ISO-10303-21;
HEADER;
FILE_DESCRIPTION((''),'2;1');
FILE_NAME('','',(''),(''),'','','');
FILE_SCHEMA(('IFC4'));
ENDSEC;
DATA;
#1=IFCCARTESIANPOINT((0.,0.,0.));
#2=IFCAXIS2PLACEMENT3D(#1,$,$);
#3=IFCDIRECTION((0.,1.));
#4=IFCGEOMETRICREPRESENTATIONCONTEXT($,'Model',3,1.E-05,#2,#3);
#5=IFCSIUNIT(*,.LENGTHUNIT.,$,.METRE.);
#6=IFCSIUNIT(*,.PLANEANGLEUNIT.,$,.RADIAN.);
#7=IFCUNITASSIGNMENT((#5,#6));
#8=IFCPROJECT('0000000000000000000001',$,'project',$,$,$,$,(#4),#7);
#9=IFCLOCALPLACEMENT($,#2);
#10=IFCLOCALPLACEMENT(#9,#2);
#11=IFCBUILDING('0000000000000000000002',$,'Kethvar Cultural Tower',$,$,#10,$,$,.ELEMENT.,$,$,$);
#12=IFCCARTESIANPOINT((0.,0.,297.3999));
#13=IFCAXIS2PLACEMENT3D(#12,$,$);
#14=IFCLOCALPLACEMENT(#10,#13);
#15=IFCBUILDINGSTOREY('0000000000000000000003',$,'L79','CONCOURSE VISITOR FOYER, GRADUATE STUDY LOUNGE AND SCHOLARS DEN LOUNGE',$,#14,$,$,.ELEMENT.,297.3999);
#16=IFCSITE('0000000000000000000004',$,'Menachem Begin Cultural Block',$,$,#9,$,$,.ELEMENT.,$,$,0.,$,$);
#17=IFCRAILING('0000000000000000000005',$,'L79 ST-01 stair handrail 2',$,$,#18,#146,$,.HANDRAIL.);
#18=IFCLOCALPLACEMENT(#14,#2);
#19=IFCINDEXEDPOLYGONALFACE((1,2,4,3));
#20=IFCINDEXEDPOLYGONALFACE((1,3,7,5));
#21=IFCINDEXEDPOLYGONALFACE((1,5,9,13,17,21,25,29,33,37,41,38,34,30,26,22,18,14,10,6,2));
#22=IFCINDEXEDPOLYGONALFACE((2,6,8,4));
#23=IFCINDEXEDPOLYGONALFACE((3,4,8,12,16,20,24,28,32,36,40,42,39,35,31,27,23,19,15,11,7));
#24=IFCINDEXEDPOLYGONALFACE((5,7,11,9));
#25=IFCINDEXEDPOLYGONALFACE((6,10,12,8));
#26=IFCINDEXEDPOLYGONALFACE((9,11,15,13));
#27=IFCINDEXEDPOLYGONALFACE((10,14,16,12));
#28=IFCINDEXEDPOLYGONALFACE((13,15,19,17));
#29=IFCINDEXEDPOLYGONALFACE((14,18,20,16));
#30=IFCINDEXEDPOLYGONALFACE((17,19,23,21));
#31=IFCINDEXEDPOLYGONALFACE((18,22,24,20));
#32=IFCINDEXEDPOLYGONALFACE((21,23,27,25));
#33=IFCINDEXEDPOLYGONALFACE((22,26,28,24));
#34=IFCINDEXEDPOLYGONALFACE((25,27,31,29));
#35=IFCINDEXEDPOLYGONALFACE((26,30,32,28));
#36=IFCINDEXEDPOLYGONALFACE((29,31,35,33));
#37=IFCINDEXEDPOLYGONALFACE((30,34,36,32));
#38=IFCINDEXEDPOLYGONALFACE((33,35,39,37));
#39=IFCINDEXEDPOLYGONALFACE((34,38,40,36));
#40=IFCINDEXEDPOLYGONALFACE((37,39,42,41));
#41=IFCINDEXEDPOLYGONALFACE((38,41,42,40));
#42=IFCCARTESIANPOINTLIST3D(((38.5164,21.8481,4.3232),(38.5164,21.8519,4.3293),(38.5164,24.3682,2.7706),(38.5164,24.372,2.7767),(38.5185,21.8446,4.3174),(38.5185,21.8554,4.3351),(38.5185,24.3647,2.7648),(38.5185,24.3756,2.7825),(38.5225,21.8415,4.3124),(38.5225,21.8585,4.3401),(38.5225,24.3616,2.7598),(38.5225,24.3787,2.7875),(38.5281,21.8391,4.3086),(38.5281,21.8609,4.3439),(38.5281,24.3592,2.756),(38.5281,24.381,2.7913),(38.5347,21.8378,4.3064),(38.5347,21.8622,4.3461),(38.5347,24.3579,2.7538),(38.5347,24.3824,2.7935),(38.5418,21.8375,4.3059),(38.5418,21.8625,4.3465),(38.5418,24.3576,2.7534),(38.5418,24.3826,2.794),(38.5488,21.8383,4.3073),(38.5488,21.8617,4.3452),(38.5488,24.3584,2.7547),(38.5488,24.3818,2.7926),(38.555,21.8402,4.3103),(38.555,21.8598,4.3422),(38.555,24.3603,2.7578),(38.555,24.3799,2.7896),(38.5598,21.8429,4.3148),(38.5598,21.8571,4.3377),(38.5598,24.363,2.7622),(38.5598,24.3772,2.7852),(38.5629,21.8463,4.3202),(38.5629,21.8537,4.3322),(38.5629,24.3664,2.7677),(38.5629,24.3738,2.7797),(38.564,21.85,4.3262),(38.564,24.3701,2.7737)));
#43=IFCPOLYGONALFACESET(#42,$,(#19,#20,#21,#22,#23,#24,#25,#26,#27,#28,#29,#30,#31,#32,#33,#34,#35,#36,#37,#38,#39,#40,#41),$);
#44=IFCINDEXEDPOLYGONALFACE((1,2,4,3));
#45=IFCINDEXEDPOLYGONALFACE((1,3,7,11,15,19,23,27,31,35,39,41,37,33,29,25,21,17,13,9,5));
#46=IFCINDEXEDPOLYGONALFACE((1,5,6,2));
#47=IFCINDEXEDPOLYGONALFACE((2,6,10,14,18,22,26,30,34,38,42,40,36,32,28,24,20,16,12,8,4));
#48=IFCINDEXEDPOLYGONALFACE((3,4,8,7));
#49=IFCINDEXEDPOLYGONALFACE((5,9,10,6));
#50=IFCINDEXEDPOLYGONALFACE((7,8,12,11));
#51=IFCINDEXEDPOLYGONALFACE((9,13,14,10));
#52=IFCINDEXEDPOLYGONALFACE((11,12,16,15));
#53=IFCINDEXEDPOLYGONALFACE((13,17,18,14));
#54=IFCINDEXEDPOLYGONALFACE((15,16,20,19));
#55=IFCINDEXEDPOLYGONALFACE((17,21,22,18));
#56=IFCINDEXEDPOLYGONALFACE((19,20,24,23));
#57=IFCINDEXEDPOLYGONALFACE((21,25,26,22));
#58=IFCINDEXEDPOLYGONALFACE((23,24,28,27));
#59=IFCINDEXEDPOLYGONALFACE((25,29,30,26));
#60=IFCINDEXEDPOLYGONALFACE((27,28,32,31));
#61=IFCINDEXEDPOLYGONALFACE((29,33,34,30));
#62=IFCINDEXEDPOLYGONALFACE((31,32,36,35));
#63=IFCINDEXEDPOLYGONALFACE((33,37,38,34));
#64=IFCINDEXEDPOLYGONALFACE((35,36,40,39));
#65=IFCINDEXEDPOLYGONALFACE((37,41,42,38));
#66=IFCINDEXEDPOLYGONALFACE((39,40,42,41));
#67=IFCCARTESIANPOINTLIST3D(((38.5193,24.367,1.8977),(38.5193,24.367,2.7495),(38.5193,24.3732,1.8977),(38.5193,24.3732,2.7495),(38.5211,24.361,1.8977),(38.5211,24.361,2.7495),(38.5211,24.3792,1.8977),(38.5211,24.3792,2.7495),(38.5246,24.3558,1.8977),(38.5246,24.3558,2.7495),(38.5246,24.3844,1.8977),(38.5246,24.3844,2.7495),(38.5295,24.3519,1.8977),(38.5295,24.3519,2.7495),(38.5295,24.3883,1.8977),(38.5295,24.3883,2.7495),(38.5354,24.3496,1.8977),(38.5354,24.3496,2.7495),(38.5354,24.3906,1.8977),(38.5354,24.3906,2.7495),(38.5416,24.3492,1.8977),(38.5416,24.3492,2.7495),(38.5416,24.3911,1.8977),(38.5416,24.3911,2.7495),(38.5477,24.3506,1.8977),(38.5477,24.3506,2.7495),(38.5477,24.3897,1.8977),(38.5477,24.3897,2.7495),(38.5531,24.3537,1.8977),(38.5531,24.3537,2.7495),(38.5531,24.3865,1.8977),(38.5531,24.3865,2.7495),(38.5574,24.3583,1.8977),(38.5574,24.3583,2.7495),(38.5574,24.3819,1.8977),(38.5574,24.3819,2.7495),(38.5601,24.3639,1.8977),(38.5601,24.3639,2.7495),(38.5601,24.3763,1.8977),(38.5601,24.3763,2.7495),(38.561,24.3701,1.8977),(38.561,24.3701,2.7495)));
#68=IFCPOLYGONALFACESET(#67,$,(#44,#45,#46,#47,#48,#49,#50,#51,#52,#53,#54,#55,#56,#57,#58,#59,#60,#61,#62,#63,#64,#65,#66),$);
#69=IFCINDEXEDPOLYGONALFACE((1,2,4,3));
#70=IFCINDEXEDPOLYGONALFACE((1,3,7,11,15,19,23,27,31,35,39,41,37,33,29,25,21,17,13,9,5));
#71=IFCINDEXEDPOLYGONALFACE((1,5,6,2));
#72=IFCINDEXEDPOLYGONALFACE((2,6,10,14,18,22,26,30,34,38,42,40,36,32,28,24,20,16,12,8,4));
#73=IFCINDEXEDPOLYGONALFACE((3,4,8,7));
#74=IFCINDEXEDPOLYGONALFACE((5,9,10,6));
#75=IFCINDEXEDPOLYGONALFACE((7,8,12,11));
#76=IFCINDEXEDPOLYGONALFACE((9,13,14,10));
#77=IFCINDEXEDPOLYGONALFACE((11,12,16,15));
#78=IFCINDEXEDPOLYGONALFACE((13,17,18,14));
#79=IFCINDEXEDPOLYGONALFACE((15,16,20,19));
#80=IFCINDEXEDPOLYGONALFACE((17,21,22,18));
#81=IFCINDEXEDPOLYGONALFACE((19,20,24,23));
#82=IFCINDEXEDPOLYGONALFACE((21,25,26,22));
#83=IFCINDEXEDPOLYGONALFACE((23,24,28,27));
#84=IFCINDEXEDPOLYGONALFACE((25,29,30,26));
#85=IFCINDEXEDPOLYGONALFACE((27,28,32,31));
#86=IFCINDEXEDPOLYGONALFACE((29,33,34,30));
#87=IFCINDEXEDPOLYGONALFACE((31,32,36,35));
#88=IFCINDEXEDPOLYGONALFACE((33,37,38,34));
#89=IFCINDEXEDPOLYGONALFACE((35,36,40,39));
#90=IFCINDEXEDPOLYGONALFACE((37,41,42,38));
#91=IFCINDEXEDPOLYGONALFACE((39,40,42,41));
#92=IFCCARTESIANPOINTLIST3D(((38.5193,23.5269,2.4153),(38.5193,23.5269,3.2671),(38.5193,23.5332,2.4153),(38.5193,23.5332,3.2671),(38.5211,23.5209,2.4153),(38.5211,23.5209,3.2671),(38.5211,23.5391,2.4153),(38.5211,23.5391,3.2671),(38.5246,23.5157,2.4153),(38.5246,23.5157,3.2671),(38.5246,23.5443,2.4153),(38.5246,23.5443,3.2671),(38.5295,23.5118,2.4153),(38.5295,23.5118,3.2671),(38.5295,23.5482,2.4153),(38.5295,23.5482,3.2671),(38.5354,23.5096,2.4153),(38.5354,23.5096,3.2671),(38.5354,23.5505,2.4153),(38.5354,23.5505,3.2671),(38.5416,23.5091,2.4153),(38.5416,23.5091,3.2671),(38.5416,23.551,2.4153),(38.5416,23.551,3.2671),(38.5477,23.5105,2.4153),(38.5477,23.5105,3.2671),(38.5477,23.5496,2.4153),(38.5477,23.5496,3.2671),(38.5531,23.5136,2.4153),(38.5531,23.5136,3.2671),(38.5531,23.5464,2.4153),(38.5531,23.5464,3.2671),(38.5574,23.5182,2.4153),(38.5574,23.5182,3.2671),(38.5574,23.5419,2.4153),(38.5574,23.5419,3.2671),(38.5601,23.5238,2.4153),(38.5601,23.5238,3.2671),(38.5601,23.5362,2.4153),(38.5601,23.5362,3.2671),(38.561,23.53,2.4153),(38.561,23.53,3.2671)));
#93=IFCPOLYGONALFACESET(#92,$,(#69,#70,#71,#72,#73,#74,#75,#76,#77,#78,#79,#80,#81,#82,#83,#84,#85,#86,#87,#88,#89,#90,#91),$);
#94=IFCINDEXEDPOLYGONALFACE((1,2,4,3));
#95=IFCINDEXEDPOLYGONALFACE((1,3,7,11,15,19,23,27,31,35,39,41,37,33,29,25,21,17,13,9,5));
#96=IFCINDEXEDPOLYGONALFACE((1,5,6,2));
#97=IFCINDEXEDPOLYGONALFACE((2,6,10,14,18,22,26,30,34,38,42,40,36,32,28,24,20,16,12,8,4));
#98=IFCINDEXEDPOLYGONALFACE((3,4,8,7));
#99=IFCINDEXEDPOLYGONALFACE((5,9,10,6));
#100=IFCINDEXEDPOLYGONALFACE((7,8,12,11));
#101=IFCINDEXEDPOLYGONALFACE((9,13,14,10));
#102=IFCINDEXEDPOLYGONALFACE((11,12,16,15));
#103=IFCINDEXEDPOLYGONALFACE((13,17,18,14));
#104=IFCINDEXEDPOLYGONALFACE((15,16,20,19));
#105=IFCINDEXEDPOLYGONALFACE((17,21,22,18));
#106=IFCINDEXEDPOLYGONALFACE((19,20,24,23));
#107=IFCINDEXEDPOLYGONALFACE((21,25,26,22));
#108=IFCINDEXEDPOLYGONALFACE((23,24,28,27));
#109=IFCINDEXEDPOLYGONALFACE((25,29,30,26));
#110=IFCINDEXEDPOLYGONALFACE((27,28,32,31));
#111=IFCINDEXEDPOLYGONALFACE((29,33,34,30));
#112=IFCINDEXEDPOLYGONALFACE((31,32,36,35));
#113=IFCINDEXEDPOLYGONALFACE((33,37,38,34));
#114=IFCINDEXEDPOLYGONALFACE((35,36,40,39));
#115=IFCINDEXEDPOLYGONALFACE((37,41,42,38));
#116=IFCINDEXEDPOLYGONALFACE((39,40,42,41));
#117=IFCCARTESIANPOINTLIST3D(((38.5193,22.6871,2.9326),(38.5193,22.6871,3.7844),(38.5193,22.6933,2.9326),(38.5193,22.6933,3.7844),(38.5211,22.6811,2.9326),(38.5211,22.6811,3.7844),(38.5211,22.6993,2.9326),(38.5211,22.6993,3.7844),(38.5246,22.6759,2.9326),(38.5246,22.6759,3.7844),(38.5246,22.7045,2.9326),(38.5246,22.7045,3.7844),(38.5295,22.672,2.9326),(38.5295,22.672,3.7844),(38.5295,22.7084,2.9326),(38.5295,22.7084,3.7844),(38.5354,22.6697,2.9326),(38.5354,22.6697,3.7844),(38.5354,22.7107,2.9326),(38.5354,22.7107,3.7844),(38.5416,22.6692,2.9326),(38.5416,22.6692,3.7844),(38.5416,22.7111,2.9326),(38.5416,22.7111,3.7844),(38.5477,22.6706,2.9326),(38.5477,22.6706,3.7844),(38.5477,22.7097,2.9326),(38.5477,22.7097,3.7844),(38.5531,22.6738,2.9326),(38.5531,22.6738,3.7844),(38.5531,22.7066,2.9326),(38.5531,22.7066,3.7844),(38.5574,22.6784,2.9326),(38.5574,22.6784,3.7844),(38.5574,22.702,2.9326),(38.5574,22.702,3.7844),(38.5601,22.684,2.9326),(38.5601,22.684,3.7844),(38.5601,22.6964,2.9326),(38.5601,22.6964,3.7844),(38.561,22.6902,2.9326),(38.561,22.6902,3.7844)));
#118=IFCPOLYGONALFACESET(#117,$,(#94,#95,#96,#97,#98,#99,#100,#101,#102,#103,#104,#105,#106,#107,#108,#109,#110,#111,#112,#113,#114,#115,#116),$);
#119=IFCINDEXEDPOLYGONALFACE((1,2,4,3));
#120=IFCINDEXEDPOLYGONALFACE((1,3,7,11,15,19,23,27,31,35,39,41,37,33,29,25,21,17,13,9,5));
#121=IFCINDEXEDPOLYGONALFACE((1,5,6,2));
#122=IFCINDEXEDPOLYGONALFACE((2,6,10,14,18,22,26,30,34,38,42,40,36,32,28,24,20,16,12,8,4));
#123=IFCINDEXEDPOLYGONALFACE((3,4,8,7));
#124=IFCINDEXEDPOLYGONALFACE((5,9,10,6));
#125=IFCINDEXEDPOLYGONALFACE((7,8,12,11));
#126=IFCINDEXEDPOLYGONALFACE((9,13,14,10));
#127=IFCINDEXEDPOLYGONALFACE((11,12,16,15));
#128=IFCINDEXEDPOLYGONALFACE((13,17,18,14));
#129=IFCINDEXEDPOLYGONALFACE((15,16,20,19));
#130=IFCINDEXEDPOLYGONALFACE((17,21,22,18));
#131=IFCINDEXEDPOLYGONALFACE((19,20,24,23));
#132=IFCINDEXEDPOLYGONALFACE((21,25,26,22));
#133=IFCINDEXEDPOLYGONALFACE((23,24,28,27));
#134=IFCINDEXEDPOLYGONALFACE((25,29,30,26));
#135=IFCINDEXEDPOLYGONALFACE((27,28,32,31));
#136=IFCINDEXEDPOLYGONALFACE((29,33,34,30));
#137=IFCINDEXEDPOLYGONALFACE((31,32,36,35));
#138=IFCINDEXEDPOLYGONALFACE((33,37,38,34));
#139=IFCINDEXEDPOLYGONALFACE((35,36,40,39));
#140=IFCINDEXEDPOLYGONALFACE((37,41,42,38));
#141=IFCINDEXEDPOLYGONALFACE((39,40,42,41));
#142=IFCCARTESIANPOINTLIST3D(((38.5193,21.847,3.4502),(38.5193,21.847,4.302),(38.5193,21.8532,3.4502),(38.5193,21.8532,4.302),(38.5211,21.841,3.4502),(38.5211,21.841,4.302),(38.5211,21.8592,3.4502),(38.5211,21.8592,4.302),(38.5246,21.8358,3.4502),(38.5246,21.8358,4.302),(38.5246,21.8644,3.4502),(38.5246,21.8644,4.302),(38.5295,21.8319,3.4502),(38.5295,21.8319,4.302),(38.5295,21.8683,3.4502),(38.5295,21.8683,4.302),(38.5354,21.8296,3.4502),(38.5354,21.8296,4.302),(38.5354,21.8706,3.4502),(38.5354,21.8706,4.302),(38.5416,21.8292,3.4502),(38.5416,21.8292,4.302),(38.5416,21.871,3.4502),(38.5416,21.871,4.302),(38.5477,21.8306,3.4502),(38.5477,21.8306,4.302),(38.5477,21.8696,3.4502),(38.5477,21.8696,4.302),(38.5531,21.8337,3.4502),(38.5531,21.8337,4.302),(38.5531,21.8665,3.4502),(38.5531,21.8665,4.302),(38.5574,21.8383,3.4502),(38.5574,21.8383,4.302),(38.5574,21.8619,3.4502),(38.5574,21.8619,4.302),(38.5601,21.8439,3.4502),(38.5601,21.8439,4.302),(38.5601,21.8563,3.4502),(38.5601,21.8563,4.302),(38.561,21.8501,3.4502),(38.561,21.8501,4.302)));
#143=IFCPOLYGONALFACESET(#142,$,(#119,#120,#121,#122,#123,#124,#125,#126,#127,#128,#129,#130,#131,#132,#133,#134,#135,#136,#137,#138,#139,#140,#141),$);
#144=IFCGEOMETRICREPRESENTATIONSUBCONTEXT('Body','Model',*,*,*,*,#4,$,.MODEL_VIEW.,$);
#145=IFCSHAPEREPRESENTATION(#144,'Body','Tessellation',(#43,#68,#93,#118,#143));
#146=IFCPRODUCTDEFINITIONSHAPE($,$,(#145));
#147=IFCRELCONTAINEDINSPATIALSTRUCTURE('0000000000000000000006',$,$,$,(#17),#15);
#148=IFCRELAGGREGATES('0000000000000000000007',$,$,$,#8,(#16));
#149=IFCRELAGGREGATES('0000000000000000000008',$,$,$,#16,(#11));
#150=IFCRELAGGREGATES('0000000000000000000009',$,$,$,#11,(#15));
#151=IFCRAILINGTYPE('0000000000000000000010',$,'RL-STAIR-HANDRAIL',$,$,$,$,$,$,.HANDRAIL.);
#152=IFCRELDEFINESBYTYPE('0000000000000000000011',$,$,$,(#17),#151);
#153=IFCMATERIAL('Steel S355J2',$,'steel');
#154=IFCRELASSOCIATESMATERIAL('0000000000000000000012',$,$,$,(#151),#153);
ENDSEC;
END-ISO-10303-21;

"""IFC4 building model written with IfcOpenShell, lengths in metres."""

from ifc_helpers import new_model, si_unit, direction, frame, origin, origin_2d, place, context, subcontext, project, spatial, circle, extrude, material, type_object, element, save


model = new_model("IFC4")

# Units and contexts
model_context = context("Model", 3, precision=1e-05, world=origin(), true_north=direction((0.0, 1.0)))
body_context = subcontext(model_context, "Body", "Model", "MODEL_VIEW")
ifc_project = project(units=[si_unit("LENGTHUNIT", "METRE"), si_unit("PLANEANGLEUNIT", "RADIAN")], contexts=[model_context])

# Site, building, storey
site_placement = place(None, origin())
site = spatial("IfcSite", under=ifc_project, at=site_placement, Name="Menachem Begin Cultural Block", CompositionType="ELEMENT", RefElevation=0.0)
building_placement = place(site_placement, origin())
building = spatial("IfcBuilding", under=site, at=building_placement, Name="Kethvar Cultural Tower", CompositionType="ELEMENT")
storey_placement = place(building_placement, frame((0.0, 0.0, 297.3999)))
storey = spatial("IfcBuildingStorey", under=building, at=storey_placement, Name="L79", Description="CONCOURSE VISITOR FOYER, GRADUATE STUDY LOUNGE AND SCHOLARS DEN LOUNGE", CompositionType="ELEMENT", Elevation=297.3999)

# Shared definitions
ifc_material_1 = material(Name="Steel S355J2", Category="steel")

# Railing
railing_type = type_object("IfcRailingType", Name="RL-STAIR-HANDRAIL", PredefinedType="HANDRAIL", material=ifc_material_1)
railing_placement = place(storey_placement, frame((38.54, 24.3701, 1.8977)))
element("IfcRailing", 1, at=railing_placement, inside=storey, type_object=railing_type, Name="L79 ST-01 stair handrail 2", PredefinedType="HANDRAIL", context=body_context, shape_type="SweptSolid", body=[
    extrude(circle(Radius=0.0239, at=origin_2d()), frame((0.0, 0.0, 0.876), z_axis=(0.0, -0.8514, 0.524516), x_axis=(1.0, 0.0, 0.0)), (0.0, 0.0, 1.0), 2.96),
    extrude(circle(Radius=0.021, at=origin_2d()), origin(), (0.0, 0.0, 1.0), 0.8518),
    extrude(circle(Radius=0.021, at=origin_2d()), frame((0.0, -0.8401, 0.5176)), (0.0, 0.0, 1.0), 0.8518),
    extrude(circle(Radius=0.021, at=origin_2d()), frame((0.0, -1.6799, 1.0349)), (0.0, 0.0, 1.0), 0.8518),
    extrude(circle(Radius=0.021, at=origin_2d()), frame((0.0, -2.52, 1.5525)), (0.0, 0.0, 1.0), 0.8518),
])

save(model, "model.ifc")
